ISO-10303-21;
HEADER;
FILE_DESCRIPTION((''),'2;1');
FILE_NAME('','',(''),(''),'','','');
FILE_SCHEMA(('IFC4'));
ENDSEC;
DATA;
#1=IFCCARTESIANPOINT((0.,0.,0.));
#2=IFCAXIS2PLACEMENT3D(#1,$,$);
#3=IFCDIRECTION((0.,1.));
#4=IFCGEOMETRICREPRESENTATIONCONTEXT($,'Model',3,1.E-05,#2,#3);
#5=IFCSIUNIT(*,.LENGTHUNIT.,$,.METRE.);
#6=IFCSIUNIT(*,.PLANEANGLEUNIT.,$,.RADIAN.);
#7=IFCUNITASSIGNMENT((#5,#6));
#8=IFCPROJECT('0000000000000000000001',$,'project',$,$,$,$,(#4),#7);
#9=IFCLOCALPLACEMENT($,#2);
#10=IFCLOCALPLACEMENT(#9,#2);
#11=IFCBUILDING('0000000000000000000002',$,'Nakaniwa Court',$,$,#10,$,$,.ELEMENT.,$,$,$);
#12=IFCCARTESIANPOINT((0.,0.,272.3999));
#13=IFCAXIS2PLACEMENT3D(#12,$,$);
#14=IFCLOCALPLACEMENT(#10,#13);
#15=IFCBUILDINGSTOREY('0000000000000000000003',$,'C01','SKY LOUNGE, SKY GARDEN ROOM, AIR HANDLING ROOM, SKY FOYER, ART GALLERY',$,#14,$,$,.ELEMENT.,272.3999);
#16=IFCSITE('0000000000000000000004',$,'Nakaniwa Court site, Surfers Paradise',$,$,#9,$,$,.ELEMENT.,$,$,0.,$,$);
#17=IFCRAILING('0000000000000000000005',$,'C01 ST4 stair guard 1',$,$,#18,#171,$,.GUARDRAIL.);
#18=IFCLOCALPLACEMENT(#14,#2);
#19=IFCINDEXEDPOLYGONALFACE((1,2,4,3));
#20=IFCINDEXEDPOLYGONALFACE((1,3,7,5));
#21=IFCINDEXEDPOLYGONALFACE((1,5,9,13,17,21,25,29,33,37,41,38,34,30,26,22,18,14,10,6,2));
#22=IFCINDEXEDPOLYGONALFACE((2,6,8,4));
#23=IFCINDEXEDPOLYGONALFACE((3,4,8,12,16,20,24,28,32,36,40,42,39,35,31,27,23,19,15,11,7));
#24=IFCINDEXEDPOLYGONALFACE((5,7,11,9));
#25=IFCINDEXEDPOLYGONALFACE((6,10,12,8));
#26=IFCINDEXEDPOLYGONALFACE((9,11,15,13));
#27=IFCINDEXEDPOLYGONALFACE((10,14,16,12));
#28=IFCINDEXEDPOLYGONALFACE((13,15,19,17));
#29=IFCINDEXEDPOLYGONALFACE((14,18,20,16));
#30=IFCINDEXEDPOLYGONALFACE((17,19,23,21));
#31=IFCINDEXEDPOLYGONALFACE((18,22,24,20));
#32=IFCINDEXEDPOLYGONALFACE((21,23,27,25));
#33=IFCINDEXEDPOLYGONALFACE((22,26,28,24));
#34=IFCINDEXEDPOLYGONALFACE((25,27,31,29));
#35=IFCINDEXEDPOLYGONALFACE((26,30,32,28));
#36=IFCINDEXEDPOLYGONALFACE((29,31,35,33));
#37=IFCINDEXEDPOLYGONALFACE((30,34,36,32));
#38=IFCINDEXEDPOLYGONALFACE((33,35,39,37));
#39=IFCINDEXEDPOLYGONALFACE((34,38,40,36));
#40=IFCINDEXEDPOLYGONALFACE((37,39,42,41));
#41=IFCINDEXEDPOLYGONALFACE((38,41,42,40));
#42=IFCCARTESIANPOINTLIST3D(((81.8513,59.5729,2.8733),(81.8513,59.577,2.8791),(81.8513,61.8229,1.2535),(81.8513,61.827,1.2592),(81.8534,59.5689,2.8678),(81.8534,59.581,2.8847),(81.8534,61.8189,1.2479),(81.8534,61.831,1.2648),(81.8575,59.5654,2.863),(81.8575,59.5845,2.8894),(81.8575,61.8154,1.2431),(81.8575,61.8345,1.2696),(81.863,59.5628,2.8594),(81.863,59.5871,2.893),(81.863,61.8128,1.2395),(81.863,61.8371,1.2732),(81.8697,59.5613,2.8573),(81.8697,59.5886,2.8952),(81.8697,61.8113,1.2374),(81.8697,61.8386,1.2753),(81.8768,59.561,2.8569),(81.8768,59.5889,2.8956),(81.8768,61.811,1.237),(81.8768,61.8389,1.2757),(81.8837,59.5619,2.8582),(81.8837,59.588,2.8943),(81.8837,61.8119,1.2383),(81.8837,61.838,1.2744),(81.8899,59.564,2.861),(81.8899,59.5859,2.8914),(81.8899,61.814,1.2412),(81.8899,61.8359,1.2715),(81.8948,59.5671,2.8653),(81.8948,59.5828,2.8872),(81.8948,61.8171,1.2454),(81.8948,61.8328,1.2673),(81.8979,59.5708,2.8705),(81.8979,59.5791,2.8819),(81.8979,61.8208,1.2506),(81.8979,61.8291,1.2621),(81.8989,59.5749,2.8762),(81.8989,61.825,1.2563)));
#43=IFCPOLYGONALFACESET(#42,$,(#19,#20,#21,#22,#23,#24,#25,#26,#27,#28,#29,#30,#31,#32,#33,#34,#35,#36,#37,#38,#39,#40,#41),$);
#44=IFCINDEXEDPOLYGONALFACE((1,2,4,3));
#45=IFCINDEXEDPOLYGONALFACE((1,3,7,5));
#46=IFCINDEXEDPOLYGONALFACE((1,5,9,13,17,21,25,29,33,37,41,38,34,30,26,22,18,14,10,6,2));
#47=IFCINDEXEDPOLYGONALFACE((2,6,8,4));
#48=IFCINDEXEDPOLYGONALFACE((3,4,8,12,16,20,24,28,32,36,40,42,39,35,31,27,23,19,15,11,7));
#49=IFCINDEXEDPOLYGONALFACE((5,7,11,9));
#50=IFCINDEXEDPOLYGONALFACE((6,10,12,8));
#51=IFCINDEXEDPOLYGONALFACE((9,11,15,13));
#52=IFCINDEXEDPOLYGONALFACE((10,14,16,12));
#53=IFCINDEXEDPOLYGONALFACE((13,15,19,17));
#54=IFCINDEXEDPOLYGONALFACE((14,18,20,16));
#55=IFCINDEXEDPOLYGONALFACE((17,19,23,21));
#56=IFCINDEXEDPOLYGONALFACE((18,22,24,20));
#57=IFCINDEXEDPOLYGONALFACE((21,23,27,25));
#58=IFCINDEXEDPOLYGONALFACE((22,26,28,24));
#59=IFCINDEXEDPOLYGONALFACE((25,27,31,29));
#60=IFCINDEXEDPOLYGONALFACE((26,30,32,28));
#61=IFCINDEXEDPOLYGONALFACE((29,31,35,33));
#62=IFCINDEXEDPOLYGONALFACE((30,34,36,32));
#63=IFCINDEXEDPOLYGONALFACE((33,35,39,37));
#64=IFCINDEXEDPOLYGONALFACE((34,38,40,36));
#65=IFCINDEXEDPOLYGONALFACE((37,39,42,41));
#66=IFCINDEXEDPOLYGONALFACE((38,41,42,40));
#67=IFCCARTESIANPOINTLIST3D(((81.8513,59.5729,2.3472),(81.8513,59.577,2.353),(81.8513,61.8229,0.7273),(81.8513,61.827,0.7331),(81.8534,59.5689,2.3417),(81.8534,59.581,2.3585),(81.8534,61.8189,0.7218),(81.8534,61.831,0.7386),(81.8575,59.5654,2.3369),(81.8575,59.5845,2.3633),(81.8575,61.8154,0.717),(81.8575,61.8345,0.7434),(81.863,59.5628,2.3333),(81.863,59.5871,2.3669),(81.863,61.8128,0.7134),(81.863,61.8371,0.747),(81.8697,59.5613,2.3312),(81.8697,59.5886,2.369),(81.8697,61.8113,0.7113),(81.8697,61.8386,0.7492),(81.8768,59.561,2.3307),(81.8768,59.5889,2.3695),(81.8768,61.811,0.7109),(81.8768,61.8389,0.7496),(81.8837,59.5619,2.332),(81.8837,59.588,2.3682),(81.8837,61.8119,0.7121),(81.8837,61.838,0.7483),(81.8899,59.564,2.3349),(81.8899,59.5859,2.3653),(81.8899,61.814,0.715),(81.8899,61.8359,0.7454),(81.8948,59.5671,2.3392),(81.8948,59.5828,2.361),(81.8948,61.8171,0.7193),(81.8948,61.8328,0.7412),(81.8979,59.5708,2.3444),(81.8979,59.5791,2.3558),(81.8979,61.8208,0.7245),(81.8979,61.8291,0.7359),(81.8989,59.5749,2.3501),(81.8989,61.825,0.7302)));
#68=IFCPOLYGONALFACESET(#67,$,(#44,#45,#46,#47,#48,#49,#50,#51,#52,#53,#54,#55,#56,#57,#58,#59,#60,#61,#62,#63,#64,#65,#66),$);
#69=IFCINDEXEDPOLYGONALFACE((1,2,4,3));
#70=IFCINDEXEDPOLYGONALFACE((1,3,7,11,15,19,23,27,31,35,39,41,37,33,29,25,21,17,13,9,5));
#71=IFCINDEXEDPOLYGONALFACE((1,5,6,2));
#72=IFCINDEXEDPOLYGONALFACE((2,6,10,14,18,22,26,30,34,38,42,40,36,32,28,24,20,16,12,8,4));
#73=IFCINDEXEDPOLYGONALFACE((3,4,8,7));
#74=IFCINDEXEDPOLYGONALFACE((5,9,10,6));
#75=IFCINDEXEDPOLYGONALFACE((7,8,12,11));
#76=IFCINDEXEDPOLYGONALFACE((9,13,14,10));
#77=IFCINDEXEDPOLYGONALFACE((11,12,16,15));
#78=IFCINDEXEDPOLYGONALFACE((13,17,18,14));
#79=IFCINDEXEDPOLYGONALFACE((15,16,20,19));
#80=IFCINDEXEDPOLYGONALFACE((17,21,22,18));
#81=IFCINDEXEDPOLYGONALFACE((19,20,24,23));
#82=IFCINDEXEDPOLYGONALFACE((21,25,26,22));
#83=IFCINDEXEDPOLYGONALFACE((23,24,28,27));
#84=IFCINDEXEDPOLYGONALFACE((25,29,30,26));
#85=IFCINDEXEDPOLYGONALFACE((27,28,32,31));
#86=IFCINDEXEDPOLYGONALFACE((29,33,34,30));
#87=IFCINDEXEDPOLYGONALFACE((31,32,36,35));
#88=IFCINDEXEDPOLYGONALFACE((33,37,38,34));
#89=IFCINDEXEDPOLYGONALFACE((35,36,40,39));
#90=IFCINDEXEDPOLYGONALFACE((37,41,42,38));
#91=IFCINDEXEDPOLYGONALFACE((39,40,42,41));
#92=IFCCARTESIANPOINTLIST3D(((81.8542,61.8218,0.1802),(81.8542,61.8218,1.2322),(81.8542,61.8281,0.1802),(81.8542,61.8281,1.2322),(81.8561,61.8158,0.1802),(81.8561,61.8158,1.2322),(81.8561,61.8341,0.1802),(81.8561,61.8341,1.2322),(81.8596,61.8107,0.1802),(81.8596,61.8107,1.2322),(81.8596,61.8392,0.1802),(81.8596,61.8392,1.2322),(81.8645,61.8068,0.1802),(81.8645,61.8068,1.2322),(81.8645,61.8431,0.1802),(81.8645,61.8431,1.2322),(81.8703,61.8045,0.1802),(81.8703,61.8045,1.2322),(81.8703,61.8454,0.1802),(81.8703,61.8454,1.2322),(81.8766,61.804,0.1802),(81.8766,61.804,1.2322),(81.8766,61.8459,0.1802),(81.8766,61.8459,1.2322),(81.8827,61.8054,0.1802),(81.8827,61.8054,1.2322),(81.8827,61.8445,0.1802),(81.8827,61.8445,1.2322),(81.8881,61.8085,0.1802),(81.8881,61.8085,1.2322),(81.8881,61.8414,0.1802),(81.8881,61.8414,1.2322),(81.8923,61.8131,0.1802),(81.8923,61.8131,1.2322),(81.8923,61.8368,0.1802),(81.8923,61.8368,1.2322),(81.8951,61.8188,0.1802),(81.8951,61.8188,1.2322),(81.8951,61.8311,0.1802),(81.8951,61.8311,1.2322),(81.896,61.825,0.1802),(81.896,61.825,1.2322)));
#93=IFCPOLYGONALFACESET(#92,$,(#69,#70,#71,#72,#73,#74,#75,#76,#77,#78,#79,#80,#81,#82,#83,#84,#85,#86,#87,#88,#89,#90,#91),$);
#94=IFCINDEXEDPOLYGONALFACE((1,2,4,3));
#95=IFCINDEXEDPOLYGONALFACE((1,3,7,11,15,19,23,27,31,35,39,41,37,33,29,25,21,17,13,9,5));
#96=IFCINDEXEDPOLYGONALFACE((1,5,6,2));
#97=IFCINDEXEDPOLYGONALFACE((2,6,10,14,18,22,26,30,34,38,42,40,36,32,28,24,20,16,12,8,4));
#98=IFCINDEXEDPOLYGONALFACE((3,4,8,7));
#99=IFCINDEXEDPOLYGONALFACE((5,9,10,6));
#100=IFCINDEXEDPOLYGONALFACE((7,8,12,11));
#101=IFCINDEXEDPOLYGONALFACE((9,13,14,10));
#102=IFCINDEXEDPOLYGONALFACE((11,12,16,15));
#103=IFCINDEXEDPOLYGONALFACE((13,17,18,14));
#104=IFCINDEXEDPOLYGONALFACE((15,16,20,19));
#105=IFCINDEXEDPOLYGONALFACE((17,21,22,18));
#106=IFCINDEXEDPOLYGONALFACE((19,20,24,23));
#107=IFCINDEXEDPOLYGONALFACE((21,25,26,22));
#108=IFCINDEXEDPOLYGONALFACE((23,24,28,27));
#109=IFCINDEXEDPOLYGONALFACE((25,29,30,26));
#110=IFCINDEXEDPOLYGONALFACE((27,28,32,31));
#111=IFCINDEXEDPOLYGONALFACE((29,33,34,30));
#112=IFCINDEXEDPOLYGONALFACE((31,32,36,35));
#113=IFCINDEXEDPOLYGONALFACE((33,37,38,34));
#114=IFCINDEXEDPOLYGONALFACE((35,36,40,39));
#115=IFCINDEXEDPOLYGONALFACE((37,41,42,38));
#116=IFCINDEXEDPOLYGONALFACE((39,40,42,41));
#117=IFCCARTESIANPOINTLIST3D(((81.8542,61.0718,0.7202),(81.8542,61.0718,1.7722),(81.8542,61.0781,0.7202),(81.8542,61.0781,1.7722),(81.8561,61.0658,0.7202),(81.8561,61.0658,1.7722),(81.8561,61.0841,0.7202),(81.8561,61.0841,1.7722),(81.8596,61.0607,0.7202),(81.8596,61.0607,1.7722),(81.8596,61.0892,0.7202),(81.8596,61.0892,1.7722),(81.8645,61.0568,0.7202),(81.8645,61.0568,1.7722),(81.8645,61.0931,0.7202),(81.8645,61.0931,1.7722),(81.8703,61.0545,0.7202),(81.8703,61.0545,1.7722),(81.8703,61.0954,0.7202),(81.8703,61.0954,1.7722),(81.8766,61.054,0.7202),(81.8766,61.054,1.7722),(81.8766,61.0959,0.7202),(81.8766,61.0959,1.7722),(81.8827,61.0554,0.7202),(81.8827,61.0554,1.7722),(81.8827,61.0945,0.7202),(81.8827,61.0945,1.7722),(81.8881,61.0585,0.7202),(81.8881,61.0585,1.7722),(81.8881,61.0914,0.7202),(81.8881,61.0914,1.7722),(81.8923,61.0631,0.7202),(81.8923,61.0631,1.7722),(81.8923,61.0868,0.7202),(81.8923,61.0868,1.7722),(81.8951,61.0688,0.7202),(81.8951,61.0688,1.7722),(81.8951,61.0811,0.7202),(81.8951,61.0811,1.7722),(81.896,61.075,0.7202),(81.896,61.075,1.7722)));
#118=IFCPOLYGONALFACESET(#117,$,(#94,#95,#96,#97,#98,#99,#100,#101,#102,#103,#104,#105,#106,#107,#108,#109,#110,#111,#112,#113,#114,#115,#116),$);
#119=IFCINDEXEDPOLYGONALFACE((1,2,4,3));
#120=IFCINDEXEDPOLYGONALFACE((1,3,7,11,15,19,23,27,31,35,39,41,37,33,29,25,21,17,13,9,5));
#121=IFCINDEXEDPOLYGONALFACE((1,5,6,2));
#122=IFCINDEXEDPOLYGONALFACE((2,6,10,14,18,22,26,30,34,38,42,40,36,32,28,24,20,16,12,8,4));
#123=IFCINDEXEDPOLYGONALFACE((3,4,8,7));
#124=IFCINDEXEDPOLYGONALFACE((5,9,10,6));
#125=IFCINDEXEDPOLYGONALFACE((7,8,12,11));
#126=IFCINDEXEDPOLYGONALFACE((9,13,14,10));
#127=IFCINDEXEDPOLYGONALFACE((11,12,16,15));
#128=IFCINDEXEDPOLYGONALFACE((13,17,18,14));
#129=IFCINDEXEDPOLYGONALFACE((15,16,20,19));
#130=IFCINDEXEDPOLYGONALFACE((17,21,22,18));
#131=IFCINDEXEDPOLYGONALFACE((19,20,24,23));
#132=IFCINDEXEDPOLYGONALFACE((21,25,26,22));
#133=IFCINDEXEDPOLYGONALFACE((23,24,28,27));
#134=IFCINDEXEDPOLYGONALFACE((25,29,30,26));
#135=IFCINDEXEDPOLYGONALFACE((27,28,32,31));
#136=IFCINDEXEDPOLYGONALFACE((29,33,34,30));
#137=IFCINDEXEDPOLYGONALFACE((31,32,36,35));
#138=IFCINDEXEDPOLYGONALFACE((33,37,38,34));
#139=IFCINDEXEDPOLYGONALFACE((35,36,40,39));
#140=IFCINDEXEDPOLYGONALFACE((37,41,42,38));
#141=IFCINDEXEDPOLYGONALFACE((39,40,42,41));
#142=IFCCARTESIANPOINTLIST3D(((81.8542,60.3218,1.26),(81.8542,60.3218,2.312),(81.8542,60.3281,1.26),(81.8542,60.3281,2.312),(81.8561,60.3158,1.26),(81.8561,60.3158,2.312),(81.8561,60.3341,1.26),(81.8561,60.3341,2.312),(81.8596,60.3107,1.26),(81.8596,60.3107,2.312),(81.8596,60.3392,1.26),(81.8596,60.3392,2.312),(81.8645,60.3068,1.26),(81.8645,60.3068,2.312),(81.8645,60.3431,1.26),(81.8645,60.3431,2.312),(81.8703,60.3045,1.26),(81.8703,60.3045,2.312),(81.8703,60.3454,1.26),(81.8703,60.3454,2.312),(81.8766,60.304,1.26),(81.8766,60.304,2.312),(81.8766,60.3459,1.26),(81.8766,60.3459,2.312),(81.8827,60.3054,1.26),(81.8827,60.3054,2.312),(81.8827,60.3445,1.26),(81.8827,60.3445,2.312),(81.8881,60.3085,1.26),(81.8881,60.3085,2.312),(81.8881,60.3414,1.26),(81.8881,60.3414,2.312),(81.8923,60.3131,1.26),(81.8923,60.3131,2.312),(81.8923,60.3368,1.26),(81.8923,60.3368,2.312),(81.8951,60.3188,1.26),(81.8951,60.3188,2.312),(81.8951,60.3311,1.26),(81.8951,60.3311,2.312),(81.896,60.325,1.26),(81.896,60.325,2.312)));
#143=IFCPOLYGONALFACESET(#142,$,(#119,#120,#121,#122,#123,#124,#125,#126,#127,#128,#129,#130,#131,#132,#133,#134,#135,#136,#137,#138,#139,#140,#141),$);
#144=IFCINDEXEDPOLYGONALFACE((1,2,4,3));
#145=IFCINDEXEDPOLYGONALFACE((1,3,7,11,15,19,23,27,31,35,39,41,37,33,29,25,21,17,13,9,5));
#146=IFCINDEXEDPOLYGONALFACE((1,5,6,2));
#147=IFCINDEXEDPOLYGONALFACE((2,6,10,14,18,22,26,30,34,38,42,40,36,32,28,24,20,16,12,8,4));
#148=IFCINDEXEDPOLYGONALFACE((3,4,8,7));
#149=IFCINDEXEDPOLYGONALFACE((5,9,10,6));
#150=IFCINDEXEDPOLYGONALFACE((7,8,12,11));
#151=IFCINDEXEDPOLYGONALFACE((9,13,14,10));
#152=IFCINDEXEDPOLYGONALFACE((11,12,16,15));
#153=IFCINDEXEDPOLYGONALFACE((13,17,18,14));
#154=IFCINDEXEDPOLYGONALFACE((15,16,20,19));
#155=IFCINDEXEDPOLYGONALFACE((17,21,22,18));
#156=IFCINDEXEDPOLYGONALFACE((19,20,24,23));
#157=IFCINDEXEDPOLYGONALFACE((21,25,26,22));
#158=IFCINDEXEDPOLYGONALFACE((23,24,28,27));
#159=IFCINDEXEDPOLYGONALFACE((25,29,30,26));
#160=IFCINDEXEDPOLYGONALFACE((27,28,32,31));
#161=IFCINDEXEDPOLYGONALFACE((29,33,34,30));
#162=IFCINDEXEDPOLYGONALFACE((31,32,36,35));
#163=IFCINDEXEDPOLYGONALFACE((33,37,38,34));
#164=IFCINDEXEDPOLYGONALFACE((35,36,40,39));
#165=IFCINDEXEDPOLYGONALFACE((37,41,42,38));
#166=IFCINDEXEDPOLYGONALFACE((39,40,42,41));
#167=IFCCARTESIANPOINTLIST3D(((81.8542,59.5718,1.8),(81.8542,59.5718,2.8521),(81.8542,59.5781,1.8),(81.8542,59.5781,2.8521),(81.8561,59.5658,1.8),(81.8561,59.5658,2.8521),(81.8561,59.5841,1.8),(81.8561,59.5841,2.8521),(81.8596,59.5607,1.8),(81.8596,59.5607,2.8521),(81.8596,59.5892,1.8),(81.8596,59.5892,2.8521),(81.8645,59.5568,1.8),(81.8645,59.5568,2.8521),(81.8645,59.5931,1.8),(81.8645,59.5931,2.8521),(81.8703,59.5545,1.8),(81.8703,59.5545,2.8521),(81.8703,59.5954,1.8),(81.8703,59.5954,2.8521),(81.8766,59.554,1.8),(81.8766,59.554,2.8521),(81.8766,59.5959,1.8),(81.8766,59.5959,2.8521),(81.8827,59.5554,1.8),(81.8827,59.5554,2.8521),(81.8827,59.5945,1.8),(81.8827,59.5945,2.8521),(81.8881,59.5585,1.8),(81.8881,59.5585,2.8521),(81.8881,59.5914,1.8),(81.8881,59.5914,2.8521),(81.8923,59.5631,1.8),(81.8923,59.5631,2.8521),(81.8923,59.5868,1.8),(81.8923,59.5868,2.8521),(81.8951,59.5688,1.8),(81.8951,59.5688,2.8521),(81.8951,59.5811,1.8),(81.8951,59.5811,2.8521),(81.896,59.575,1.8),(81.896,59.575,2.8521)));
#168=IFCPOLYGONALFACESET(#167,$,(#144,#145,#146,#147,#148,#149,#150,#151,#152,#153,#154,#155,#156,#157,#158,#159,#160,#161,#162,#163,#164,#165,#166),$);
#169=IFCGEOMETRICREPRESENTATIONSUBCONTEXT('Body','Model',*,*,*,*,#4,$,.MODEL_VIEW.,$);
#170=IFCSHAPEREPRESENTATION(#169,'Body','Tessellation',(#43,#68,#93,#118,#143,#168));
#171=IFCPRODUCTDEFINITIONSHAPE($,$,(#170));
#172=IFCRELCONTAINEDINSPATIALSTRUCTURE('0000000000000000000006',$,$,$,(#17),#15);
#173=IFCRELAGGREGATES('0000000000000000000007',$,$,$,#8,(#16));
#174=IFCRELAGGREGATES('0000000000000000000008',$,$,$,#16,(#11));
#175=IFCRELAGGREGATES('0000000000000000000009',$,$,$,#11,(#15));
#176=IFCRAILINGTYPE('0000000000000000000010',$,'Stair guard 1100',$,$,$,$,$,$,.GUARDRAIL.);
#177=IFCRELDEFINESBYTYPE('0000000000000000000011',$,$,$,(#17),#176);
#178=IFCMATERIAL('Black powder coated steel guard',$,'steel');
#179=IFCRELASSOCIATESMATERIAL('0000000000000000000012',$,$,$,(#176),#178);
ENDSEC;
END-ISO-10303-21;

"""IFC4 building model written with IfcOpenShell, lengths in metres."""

from ifc_helpers import new_model, si_unit, direction, frame, origin, origin_2d, place, context, subcontext, project, spatial, circle, extrude, material, type_object, element, save


model = new_model("IFC4")

# Units and contexts
model_context = context("Model", 3, precision=1e-05, world=origin(), true_north=direction((0.0, 1.0)))
body_context = subcontext(model_context, "Body", "Model", "MODEL_VIEW")
ifc_project = project(units=[si_unit("LENGTHUNIT", "METRE"), si_unit("PLANEANGLEUNIT", "RADIAN")], contexts=[model_context])

# Site, building, storey
site_placement = place(None, origin())
site = spatial("IfcSite", under=ifc_project, at=site_placement, Name="Nakaniwa Court site, Surfers Paradise", CompositionType="ELEMENT", RefElevation=0.0)
building_placement = place(site_placement, origin())
building = spatial("IfcBuilding", under=site, at=building_placement, Name="Nakaniwa Court", CompositionType="ELEMENT")
storey_placement = place(building_placement, frame((0.0, 0.0, 272.3999)))
storey = spatial("IfcBuildingStorey", under=building, at=storey_placement, Name="C01", Description="SKY LOUNGE, SKY GARDEN ROOM, AIR HANDLING ROOM, SKY FOYER, ART GALLERY", CompositionType="ELEMENT", Elevation=272.3999)

# Railing
ifc_material_1 = material(Name="Black powder coated steel guard", Category="steel")
railing_type_1 = type_object("IfcRailingType", Name="Stair guard 1100", PredefinedType="GUARDRAIL", material=ifc_material_1)
railing_1_placement = place(storey_placement, frame((81.875, 61.825, 0.1802)))
element("IfcRailing", 1, at=railing_1_placement, inside=storey, type_object=railing_type_1, Name="C01 ST4 stair guard 1", PredefinedType="GUARDRAIL", context=body_context, shape_type="SweptSolid", body=[
    extrude(circle(Radius=0.0239, at=origin_2d()), frame((0.0, 0.0, 1.0762), z_axis=(0.0, -0.811556, 0.584275), x_axis=(1.0, 0.0, 0.0)), (0.0, 0.0, 1.0), 2.7725),
    extrude(circle(Radius=0.0239, at=origin_2d()), frame((0.0, 0.0, 0.55), z_axis=(0.0, -0.811556, 0.584275), x_axis=(1.0, 0.0, 0.0)), (0.0, 0.0, 1.0), 2.7725),
    extrude(circle(Radius=0.021, at=origin_2d()), origin(), (0.0, 0.0, 1.0), 1.052),
    extrude(circle(Radius=0.021, at=origin_2d()), frame((0.0, -0.75, 0.54)), (0.0, 0.0, 1.0), 1.052),
    extrude(circle(Radius=0.021, at=origin_2d()), frame((0.0, -1.5, 1.0798)), (0.0, 0.0, 1.0), 1.052),
    extrude(circle(Radius=0.021, at=origin_2d()), frame((0.0, -2.25, 1.6199)), (0.0, 0.0, 1.0), 1.052),
])

save(model, "model.ifc")
